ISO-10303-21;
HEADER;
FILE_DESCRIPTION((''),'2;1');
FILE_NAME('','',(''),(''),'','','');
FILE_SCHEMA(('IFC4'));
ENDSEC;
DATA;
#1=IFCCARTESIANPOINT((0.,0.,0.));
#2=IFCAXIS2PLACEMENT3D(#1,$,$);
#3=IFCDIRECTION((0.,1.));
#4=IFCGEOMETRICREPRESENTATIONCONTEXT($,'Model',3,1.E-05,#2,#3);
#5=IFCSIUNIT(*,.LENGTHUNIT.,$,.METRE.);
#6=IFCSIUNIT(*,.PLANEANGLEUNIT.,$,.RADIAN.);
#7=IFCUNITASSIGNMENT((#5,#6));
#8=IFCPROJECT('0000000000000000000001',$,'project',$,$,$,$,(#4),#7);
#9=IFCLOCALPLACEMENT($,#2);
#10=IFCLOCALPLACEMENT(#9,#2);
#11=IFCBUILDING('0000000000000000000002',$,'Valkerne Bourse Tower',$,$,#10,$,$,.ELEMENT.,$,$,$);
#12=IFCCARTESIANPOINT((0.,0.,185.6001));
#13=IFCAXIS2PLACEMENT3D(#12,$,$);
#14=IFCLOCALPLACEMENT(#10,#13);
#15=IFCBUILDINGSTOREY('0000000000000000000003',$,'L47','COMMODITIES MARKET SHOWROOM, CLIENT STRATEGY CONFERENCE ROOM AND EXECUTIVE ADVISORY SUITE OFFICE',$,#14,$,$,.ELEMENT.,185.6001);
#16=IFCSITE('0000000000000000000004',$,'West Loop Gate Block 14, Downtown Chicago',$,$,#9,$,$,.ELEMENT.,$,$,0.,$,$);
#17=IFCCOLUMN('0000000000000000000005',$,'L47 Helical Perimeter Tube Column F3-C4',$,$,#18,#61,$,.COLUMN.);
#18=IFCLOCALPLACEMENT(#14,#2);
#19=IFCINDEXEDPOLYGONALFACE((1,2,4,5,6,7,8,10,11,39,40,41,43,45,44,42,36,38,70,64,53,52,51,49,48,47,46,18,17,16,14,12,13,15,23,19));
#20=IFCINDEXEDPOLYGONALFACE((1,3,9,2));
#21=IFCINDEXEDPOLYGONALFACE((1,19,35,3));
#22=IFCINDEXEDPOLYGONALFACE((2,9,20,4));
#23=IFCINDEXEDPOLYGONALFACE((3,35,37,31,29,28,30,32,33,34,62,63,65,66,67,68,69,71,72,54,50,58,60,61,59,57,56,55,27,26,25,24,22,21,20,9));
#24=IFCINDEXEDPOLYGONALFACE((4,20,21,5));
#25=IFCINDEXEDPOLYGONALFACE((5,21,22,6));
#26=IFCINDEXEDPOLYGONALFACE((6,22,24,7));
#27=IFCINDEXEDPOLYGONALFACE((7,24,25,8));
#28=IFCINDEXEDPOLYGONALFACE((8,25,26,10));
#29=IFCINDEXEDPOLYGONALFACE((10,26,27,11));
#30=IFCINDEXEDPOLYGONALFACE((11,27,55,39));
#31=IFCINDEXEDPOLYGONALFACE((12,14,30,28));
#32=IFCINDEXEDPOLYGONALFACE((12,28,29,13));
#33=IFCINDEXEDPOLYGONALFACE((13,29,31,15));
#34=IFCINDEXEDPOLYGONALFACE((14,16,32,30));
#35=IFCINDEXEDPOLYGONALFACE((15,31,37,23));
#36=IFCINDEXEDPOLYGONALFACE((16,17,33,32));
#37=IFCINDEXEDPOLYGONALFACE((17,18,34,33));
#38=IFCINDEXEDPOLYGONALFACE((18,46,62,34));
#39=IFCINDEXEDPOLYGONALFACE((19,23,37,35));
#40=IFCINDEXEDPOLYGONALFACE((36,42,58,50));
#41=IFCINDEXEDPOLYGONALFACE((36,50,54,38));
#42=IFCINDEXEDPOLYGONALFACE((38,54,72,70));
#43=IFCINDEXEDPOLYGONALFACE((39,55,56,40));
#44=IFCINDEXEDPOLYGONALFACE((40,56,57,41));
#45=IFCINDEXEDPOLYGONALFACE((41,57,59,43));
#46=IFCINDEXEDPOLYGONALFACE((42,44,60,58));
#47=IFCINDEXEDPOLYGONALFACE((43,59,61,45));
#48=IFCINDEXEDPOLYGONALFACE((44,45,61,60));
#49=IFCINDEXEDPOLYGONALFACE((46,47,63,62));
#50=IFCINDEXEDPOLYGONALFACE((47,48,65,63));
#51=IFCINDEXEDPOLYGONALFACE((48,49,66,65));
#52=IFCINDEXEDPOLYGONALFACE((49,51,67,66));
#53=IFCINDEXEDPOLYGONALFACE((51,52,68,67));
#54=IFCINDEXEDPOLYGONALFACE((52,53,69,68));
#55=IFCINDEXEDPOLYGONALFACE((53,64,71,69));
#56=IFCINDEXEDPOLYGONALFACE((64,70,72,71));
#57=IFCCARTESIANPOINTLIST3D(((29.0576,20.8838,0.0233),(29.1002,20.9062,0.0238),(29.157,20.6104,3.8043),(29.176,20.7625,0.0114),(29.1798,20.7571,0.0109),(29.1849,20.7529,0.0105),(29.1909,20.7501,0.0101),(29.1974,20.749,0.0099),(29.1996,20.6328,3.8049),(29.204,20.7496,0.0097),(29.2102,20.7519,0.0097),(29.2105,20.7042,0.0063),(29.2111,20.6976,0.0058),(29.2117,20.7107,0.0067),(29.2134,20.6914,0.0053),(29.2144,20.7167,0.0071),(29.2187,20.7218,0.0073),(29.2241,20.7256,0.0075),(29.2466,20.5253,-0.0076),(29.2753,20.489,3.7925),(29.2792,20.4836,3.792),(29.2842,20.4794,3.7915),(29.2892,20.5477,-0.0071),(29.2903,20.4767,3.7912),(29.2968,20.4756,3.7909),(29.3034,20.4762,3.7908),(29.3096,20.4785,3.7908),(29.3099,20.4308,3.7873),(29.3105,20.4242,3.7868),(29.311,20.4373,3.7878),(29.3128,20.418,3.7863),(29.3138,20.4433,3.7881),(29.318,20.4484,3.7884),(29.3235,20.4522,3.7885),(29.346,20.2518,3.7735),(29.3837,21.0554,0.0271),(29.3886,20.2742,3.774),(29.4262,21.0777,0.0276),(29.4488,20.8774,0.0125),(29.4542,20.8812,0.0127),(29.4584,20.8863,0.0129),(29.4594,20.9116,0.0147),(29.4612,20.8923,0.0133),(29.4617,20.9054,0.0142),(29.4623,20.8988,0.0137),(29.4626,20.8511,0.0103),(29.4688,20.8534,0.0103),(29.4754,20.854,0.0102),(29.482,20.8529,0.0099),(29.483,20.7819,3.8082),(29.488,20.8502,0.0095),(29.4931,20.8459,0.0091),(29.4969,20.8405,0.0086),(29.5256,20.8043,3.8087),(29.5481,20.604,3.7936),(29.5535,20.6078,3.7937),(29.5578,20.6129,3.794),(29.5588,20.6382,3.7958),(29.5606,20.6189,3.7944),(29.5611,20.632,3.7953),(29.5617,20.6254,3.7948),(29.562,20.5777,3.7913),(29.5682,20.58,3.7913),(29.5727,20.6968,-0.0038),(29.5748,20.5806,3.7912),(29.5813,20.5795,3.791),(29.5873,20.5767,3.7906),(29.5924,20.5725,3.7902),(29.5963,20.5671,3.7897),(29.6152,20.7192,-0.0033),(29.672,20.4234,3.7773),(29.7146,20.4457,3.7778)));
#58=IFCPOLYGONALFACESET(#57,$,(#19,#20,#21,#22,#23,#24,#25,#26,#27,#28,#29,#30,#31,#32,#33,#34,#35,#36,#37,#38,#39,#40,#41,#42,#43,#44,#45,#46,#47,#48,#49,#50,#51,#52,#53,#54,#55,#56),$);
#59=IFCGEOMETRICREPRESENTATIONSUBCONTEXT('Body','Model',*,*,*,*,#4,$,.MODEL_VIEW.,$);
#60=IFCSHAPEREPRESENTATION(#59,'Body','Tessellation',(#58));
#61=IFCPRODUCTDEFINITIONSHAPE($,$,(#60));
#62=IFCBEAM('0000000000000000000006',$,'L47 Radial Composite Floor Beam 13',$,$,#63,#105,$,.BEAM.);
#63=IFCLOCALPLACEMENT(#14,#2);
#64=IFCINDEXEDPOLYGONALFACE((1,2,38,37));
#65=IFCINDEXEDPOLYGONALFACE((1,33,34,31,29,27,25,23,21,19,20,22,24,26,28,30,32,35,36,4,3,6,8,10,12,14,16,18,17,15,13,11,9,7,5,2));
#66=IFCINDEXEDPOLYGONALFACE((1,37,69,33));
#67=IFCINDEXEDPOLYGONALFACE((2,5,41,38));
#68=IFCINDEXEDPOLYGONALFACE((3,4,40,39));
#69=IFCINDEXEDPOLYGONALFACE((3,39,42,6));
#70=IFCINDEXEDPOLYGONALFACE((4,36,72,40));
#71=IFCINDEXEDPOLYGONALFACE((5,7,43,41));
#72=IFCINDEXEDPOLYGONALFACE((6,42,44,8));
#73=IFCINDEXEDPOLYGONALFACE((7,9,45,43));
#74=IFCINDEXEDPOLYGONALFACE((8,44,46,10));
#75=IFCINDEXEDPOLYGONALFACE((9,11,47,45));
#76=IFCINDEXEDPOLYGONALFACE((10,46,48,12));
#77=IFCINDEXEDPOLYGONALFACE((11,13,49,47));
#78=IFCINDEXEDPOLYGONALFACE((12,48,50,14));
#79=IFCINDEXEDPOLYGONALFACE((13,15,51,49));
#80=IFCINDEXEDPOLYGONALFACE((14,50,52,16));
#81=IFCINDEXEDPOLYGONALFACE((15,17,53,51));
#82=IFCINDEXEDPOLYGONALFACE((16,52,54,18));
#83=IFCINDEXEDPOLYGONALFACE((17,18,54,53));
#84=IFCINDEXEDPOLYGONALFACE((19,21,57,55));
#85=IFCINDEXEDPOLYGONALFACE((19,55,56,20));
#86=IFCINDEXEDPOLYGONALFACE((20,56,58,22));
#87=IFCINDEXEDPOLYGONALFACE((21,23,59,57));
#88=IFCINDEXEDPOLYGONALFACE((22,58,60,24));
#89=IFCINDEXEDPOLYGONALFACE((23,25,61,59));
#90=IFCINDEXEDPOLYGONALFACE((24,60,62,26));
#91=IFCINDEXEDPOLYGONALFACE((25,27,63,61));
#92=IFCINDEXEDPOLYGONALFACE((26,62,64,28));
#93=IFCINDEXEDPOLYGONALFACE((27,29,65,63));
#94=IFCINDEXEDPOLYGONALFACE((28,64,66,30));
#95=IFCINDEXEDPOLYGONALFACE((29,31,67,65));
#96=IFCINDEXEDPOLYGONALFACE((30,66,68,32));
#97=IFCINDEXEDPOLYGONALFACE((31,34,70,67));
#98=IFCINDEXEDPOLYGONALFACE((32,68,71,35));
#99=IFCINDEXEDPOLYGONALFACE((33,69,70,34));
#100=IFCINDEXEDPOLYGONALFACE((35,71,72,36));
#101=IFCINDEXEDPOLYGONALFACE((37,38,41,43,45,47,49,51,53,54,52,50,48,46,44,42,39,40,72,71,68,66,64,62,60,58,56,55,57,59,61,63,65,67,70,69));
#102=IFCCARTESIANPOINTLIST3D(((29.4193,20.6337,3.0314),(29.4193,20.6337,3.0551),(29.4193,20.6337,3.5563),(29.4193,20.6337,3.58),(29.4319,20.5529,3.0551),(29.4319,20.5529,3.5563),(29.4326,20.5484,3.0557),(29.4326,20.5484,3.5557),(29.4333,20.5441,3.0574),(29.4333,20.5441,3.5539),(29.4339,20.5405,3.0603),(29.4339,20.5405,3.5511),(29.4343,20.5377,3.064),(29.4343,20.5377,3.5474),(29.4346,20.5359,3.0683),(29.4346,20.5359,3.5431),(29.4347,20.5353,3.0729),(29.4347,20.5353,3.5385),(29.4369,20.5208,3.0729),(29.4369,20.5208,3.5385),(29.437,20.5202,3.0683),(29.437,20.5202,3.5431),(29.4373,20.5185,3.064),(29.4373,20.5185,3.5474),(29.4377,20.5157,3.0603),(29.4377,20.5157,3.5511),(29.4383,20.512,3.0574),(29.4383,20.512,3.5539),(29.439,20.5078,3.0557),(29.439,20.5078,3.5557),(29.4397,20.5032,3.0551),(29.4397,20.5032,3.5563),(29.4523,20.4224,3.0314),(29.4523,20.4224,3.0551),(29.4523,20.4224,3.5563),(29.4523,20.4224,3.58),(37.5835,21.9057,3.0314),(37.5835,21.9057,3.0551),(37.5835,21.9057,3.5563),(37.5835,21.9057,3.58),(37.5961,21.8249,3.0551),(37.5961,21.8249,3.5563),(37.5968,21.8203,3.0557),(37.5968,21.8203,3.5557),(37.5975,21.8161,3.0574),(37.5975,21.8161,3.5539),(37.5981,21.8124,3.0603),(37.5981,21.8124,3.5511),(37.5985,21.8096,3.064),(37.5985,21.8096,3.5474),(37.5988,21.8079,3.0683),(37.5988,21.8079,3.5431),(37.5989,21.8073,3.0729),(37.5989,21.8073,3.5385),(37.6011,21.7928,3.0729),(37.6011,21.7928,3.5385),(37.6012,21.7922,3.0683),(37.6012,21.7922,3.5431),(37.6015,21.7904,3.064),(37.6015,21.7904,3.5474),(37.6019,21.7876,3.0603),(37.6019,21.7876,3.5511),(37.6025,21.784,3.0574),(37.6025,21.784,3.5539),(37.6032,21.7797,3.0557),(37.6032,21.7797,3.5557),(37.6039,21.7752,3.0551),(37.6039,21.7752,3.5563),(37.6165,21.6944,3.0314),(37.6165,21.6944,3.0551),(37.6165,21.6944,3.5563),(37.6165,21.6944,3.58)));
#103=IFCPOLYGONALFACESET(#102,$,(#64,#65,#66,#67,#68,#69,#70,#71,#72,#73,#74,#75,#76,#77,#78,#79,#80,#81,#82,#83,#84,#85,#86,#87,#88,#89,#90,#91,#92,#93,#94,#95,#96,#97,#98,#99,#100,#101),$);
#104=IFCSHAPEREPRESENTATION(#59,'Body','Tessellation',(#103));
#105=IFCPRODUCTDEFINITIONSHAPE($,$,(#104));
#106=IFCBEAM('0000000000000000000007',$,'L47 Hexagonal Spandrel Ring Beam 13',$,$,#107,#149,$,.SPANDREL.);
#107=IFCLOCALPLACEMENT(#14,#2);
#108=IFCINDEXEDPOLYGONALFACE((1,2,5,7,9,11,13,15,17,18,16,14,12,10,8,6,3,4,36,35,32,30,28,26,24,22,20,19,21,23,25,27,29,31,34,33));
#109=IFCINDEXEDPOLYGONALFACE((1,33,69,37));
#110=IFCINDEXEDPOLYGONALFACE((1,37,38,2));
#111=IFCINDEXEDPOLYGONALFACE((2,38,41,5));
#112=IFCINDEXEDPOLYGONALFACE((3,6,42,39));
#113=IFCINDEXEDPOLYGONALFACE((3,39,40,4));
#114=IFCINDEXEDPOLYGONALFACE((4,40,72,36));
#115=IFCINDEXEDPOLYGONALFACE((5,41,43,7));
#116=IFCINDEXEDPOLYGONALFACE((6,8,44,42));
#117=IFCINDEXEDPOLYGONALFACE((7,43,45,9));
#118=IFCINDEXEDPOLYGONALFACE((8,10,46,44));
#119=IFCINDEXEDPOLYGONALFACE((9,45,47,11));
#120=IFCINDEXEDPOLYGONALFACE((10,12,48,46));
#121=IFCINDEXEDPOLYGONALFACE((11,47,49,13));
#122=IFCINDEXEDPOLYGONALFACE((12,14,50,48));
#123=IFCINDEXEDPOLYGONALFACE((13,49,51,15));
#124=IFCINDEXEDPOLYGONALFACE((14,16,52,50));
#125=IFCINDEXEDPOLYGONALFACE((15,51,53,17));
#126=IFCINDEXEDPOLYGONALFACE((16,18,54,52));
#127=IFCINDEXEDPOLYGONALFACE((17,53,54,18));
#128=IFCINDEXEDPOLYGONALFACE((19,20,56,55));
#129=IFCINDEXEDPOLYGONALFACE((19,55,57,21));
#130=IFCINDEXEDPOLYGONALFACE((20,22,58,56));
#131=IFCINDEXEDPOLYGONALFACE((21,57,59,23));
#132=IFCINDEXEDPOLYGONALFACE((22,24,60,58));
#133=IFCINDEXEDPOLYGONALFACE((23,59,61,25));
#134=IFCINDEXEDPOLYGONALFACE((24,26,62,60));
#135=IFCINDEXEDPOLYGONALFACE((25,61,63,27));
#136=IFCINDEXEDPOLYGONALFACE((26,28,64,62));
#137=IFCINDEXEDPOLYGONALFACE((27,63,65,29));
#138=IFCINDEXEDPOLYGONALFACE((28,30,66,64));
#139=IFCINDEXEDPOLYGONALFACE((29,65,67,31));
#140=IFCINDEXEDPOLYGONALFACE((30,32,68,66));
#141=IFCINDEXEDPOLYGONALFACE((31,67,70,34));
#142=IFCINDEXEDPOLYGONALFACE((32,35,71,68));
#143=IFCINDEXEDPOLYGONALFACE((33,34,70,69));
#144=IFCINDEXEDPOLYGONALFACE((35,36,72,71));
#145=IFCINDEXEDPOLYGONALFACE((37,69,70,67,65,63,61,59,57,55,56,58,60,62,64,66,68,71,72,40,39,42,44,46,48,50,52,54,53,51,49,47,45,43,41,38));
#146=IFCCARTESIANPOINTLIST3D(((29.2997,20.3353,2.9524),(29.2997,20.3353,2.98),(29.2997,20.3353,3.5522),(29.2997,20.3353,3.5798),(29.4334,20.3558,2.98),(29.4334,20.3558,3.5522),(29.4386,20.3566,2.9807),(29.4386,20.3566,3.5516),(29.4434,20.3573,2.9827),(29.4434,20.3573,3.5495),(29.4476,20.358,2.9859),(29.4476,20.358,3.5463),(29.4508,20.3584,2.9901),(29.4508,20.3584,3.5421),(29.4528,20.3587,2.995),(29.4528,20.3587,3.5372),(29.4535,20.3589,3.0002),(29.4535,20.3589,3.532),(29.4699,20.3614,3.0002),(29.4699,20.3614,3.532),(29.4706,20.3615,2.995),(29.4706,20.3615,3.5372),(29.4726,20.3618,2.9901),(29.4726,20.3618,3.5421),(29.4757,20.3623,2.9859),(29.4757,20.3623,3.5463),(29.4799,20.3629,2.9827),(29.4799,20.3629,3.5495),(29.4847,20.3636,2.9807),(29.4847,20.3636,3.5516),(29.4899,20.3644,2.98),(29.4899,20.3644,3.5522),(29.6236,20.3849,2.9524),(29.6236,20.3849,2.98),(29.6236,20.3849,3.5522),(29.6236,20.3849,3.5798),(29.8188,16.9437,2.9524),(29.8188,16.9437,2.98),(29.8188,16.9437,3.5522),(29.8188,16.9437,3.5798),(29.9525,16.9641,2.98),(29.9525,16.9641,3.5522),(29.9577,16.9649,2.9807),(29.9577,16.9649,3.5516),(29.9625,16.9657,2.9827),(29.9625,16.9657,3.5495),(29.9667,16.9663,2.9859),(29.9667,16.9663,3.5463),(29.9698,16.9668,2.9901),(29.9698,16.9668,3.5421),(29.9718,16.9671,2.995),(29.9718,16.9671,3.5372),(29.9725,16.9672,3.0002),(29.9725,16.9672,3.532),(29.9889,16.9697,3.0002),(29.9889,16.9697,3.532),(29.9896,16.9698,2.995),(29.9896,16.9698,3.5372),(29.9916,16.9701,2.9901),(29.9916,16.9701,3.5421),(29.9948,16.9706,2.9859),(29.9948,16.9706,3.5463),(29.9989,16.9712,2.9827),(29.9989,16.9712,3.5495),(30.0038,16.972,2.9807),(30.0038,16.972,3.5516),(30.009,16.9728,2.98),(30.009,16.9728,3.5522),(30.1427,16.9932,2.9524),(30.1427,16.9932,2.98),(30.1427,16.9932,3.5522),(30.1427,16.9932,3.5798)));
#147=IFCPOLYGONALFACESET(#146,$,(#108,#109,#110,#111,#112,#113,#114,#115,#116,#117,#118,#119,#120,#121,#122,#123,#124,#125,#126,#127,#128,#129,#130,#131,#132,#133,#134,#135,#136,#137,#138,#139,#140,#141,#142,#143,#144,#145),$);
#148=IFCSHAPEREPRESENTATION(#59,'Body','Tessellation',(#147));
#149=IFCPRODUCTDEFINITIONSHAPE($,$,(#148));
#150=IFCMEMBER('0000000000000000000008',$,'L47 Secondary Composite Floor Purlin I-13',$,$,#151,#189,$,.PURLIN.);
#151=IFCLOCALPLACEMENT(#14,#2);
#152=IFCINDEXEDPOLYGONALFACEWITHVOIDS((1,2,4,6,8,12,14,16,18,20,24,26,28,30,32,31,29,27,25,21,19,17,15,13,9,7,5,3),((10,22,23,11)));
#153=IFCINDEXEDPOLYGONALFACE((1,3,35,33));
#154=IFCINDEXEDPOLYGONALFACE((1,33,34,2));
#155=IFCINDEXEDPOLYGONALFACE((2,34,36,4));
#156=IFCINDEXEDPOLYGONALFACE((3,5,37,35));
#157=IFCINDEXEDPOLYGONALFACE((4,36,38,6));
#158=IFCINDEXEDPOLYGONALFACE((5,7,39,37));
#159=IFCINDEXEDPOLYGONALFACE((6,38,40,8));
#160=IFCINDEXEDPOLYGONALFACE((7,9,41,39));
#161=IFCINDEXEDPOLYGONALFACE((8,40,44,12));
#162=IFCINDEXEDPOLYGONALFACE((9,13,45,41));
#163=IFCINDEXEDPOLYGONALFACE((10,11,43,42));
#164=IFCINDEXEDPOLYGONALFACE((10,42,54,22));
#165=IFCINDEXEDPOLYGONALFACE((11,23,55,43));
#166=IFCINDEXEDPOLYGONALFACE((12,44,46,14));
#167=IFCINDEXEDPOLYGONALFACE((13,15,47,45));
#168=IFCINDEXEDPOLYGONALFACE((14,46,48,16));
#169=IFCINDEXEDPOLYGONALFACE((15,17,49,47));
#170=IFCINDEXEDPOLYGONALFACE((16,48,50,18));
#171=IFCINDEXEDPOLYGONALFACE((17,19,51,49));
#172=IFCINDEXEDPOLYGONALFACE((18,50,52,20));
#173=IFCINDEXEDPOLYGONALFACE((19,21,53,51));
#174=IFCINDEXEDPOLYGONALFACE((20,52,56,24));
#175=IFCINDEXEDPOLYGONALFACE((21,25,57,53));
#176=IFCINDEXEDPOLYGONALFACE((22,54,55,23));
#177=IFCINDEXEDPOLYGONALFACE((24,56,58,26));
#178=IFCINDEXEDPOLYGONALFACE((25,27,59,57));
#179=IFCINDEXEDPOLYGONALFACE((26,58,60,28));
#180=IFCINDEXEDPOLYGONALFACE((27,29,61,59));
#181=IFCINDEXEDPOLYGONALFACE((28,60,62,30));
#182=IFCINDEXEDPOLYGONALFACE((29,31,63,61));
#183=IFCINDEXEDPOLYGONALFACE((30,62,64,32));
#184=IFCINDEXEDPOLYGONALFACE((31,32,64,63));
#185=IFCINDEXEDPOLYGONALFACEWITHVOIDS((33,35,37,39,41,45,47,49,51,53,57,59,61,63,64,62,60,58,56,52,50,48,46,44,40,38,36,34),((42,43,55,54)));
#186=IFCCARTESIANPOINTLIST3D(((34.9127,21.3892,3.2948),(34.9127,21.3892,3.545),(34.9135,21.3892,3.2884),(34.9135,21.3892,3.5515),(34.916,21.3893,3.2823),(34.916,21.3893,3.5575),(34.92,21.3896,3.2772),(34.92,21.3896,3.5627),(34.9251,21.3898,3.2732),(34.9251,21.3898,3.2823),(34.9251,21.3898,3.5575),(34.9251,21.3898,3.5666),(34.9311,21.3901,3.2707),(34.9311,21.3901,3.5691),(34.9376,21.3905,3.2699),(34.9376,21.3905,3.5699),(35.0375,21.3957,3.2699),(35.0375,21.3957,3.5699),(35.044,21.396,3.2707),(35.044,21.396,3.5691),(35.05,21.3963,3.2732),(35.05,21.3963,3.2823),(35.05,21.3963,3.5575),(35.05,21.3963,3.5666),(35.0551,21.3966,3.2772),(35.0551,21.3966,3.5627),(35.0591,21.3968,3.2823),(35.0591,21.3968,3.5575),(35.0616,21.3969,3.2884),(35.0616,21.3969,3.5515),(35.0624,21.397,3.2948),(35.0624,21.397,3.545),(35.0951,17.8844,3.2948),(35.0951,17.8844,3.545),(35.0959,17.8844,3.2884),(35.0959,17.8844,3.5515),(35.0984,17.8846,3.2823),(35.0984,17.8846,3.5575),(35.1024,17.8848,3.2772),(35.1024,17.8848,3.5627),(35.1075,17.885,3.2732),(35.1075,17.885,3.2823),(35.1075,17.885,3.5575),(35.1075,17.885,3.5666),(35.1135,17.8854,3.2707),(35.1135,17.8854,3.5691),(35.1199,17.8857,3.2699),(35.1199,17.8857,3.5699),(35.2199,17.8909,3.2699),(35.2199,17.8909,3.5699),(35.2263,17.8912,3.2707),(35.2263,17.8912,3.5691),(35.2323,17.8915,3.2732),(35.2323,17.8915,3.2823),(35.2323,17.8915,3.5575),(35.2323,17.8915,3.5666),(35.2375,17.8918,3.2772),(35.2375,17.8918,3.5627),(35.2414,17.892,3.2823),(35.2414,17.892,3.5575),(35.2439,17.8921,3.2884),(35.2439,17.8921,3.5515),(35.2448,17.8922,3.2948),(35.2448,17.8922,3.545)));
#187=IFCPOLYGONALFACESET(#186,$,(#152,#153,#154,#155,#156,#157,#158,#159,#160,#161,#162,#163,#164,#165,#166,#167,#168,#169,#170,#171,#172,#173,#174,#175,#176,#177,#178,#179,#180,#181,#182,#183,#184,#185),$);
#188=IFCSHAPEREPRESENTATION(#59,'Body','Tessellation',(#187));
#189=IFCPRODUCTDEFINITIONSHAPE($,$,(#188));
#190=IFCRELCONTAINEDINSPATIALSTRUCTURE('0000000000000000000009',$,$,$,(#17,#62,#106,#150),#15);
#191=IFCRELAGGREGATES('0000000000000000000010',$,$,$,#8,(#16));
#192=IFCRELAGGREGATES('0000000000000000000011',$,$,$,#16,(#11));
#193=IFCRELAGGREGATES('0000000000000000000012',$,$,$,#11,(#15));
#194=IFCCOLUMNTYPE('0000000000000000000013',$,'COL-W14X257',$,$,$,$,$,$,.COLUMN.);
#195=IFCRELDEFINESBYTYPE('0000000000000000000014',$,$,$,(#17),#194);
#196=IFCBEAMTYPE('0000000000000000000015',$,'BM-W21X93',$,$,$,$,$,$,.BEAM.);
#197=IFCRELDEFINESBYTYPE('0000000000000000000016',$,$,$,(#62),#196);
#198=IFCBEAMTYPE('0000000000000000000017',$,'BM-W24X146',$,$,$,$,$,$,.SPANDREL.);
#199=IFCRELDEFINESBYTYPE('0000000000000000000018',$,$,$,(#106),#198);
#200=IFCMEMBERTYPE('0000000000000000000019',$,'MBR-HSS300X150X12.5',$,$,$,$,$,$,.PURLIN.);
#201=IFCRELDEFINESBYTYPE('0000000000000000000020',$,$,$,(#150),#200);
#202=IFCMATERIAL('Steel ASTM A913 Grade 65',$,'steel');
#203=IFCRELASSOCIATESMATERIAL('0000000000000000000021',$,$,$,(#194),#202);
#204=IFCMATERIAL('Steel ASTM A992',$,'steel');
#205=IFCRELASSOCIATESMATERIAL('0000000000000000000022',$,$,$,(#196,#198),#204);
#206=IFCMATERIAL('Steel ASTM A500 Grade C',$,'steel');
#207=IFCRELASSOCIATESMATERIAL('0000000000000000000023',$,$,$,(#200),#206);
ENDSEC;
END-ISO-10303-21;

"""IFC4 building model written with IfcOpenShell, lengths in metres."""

from ifc_helpers import new_model, si_unit, direction, frame, origin, origin_2d, place, context, subcontext, project, spatial, hollow_rectangle, i_section, extrude, material, material_profile, profile_set, type_object, element, save


model = new_model("IFC4")

# Units and contexts
model_context = context("Model", 3, precision=1e-05, world=origin(), true_north=direction((0.0, 1.0)))
body_context = subcontext(model_context, "Body", "Model", "MODEL_VIEW")
ifc_project = project(units=[si_unit("LENGTHUNIT", "METRE"), si_unit("PLANEANGLEUNIT", "RADIAN")], contexts=[model_context])

# Site, building, storey
site_placement = place(None, origin())
site = spatial("IfcSite", under=ifc_project, at=site_placement, Name="West Loop Gate Block 14, Downtown Chicago", CompositionType="ELEMENT", RefElevation=0.0)
building_placement = place(site_placement, origin())
building = spatial("IfcBuilding", under=site, at=building_placement, Name="Valkerne Bourse Tower", CompositionType="ELEMENT")
storey_placement = place(building_placement, frame((0.0, 0.0, 185.6001)))
storey = spatial("IfcBuildingStorey", under=building, at=storey_placement, Name="L47", Description="COMMODITIES MARKET SHOWROOM, CLIENT STRATEGY CONFERENCE ROOM AND EXECUTIVE ADVISORY SUITE OFFICE", CompositionType="ELEMENT", Elevation=185.6001)

# Column
ifc_material_1 = material(Name="Steel ASTM A913 Grade 65", Category="steel")
ifc_material_profile_1 = material_profile(ifc_material_1, i_section(OverallWidth=0.4065, OverallDepth=0.4165, WebThickness=0.0298, FlangeThickness=0.0481, FilletRadius=0.0254, at=origin_2d()), Name="W14X257")
ifc_profile_set_1 = profile_set([ifc_material_profile_1], Name="Steel ASTM A913 Grade 65")
column_type = type_object("IfcColumnType", Name="COL-W14X257", PredefinedType="COLUMN", material=ifc_profile_set_1)
column_placement = place(storey_placement, frame((29.3364, 20.8015, 0.01), z_axis=(0.026203, -0.072106, 0.997053), x_axis=(0.464938, -0.882074, -0.076009)))
element("IfcColumn", 1, at=column_placement, inside=storey, type_object=column_type, Name="L47 Helical Perimeter Tube Column F3-C4", PredefinedType="COLUMN", context=body_context, shape_type="SweptSolid", body=[
    extrude(i_section(OverallWidth=0.4065, OverallDepth=0.4165, WebThickness=0.0298, FlangeThickness=0.0481, FilletRadius=0.0254, at=origin_2d()), origin(), (0.0, 0.0, 1.0), 3.7922),
])

# Beams
ifc_material_2 = material(Name="Steel ASTM A992", Category="steel")
ifc_material_profile_2 = material_profile(ifc_material_2, i_section(OverallWidth=0.2139, OverallDepth=0.5486, WebThickness=0.0146, FlangeThickness=0.0237, FilletRadius=0.0178, at=origin_2d()), Name="W21X93")
ifc_profile_set_2 = profile_set([ifc_material_profile_2], Name="Steel ASTM A992")
beam_type_1 = type_object("IfcBeamType", Name="BM-W21X93", PredefinedType="BEAM", material=ifc_profile_set_2)
beam_1_placement = place(storey_placement, frame((29.4358, 20.5281, 3.3057), z_axis=(0.98808, 0.15394, 0.0), x_axis=(-0.15394, 0.98808, 0.0)))
element("IfcBeam", 2, at=beam_1_placement, inside=storey, type_object=beam_type_1, Name="L47 Radial Composite Floor Beam 13", PredefinedType="BEAM", context=body_context, shape_type="SweptSolid", body=[
    extrude(i_section(OverallWidth=0.2139, OverallDepth=0.5486, WebThickness=0.0146, FlangeThickness=0.0237, FilletRadius=0.0178, at=origin_2d()), origin(), (0.0, 0.0, 1.0), 8.2627),
])
ifc_material_profile_3 = material_profile(ifc_material_2, i_section(OverallWidth=0.3276, OverallDepth=0.6274, WebThickness=0.0166, FlangeThickness=0.0276, FilletRadius=0.0203, at=origin_2d()), Name="W24X146")
ifc_profile_set_3 = profile_set([ifc_material_profile_3], Name="Steel ASTM A992")
beam_type_2 = type_object("IfcBeamType", Name="BM-W24X146", PredefinedType="SPANDREL", material=ifc_profile_set_3)
beam_2_placement = place(storey_placement, frame((29.4617, 20.3601, 3.2661), z_axis=(0.151276, -0.988491, 0.0), x_axis=(0.988491, 0.151276, 0.0)))
element("IfcBeam", 3, at=beam_2_placement, inside=storey, type_object=beam_type_2, Name="L47 Hexagonal Spandrel Ring Beam 13", PredefinedType="SPANDREL", context=body_context, shape_type="SweptSolid", body=[
    extrude(i_section(OverallWidth=0.3276, OverallDepth=0.6274, WebThickness=0.0166, FlangeThickness=0.0276, FilletRadius=0.0203, at=origin_2d()), origin(), (0.0, 0.0, 1.0), 3.4312),
])

# Member
ifc_material_3 = material(Name="Steel ASTM A500 Grade C", Category="steel")
ifc_material_profile_4 = material_profile(ifc_material_3, hollow_rectangle(XDim=0.1499, YDim=0.3, WallThickness=0.0125, OuterFilletRadius=0.0249, at=origin_2d()), Name="HSS300X150X12.5")
ifc_profile_set_4 = profile_set([ifc_material_profile_4], Name="Steel ASTM A500 Grade C")
member_type = type_object("IfcMemberType", Name="MBR-HSS300X150X12.5", PredefinedType="PURLIN", material=ifc_profile_set_4)
member_1_placement = place(storey_placement, frame((34.9875, 21.3931, 3.4199), z_axis=(0.051964, -0.998649, 0.0), x_axis=(0.998649, 0.051964, 0.0)))
element("IfcMember", 4, at=member_1_placement, inside=storey, type_object=member_type, Name="L47 Secondary Composite Floor Purlin I-13", PredefinedType="PURLIN", context=body_context, shape_type="SweptSolid", body=[
    extrude(hollow_rectangle(XDim=0.1499, YDim=0.3, WallThickness=0.0125, OuterFilletRadius=0.0249, at=origin_2d()), origin(), (0.0, 0.0, 1.0), 3.5095),
])

save(model, "model.ifc")
